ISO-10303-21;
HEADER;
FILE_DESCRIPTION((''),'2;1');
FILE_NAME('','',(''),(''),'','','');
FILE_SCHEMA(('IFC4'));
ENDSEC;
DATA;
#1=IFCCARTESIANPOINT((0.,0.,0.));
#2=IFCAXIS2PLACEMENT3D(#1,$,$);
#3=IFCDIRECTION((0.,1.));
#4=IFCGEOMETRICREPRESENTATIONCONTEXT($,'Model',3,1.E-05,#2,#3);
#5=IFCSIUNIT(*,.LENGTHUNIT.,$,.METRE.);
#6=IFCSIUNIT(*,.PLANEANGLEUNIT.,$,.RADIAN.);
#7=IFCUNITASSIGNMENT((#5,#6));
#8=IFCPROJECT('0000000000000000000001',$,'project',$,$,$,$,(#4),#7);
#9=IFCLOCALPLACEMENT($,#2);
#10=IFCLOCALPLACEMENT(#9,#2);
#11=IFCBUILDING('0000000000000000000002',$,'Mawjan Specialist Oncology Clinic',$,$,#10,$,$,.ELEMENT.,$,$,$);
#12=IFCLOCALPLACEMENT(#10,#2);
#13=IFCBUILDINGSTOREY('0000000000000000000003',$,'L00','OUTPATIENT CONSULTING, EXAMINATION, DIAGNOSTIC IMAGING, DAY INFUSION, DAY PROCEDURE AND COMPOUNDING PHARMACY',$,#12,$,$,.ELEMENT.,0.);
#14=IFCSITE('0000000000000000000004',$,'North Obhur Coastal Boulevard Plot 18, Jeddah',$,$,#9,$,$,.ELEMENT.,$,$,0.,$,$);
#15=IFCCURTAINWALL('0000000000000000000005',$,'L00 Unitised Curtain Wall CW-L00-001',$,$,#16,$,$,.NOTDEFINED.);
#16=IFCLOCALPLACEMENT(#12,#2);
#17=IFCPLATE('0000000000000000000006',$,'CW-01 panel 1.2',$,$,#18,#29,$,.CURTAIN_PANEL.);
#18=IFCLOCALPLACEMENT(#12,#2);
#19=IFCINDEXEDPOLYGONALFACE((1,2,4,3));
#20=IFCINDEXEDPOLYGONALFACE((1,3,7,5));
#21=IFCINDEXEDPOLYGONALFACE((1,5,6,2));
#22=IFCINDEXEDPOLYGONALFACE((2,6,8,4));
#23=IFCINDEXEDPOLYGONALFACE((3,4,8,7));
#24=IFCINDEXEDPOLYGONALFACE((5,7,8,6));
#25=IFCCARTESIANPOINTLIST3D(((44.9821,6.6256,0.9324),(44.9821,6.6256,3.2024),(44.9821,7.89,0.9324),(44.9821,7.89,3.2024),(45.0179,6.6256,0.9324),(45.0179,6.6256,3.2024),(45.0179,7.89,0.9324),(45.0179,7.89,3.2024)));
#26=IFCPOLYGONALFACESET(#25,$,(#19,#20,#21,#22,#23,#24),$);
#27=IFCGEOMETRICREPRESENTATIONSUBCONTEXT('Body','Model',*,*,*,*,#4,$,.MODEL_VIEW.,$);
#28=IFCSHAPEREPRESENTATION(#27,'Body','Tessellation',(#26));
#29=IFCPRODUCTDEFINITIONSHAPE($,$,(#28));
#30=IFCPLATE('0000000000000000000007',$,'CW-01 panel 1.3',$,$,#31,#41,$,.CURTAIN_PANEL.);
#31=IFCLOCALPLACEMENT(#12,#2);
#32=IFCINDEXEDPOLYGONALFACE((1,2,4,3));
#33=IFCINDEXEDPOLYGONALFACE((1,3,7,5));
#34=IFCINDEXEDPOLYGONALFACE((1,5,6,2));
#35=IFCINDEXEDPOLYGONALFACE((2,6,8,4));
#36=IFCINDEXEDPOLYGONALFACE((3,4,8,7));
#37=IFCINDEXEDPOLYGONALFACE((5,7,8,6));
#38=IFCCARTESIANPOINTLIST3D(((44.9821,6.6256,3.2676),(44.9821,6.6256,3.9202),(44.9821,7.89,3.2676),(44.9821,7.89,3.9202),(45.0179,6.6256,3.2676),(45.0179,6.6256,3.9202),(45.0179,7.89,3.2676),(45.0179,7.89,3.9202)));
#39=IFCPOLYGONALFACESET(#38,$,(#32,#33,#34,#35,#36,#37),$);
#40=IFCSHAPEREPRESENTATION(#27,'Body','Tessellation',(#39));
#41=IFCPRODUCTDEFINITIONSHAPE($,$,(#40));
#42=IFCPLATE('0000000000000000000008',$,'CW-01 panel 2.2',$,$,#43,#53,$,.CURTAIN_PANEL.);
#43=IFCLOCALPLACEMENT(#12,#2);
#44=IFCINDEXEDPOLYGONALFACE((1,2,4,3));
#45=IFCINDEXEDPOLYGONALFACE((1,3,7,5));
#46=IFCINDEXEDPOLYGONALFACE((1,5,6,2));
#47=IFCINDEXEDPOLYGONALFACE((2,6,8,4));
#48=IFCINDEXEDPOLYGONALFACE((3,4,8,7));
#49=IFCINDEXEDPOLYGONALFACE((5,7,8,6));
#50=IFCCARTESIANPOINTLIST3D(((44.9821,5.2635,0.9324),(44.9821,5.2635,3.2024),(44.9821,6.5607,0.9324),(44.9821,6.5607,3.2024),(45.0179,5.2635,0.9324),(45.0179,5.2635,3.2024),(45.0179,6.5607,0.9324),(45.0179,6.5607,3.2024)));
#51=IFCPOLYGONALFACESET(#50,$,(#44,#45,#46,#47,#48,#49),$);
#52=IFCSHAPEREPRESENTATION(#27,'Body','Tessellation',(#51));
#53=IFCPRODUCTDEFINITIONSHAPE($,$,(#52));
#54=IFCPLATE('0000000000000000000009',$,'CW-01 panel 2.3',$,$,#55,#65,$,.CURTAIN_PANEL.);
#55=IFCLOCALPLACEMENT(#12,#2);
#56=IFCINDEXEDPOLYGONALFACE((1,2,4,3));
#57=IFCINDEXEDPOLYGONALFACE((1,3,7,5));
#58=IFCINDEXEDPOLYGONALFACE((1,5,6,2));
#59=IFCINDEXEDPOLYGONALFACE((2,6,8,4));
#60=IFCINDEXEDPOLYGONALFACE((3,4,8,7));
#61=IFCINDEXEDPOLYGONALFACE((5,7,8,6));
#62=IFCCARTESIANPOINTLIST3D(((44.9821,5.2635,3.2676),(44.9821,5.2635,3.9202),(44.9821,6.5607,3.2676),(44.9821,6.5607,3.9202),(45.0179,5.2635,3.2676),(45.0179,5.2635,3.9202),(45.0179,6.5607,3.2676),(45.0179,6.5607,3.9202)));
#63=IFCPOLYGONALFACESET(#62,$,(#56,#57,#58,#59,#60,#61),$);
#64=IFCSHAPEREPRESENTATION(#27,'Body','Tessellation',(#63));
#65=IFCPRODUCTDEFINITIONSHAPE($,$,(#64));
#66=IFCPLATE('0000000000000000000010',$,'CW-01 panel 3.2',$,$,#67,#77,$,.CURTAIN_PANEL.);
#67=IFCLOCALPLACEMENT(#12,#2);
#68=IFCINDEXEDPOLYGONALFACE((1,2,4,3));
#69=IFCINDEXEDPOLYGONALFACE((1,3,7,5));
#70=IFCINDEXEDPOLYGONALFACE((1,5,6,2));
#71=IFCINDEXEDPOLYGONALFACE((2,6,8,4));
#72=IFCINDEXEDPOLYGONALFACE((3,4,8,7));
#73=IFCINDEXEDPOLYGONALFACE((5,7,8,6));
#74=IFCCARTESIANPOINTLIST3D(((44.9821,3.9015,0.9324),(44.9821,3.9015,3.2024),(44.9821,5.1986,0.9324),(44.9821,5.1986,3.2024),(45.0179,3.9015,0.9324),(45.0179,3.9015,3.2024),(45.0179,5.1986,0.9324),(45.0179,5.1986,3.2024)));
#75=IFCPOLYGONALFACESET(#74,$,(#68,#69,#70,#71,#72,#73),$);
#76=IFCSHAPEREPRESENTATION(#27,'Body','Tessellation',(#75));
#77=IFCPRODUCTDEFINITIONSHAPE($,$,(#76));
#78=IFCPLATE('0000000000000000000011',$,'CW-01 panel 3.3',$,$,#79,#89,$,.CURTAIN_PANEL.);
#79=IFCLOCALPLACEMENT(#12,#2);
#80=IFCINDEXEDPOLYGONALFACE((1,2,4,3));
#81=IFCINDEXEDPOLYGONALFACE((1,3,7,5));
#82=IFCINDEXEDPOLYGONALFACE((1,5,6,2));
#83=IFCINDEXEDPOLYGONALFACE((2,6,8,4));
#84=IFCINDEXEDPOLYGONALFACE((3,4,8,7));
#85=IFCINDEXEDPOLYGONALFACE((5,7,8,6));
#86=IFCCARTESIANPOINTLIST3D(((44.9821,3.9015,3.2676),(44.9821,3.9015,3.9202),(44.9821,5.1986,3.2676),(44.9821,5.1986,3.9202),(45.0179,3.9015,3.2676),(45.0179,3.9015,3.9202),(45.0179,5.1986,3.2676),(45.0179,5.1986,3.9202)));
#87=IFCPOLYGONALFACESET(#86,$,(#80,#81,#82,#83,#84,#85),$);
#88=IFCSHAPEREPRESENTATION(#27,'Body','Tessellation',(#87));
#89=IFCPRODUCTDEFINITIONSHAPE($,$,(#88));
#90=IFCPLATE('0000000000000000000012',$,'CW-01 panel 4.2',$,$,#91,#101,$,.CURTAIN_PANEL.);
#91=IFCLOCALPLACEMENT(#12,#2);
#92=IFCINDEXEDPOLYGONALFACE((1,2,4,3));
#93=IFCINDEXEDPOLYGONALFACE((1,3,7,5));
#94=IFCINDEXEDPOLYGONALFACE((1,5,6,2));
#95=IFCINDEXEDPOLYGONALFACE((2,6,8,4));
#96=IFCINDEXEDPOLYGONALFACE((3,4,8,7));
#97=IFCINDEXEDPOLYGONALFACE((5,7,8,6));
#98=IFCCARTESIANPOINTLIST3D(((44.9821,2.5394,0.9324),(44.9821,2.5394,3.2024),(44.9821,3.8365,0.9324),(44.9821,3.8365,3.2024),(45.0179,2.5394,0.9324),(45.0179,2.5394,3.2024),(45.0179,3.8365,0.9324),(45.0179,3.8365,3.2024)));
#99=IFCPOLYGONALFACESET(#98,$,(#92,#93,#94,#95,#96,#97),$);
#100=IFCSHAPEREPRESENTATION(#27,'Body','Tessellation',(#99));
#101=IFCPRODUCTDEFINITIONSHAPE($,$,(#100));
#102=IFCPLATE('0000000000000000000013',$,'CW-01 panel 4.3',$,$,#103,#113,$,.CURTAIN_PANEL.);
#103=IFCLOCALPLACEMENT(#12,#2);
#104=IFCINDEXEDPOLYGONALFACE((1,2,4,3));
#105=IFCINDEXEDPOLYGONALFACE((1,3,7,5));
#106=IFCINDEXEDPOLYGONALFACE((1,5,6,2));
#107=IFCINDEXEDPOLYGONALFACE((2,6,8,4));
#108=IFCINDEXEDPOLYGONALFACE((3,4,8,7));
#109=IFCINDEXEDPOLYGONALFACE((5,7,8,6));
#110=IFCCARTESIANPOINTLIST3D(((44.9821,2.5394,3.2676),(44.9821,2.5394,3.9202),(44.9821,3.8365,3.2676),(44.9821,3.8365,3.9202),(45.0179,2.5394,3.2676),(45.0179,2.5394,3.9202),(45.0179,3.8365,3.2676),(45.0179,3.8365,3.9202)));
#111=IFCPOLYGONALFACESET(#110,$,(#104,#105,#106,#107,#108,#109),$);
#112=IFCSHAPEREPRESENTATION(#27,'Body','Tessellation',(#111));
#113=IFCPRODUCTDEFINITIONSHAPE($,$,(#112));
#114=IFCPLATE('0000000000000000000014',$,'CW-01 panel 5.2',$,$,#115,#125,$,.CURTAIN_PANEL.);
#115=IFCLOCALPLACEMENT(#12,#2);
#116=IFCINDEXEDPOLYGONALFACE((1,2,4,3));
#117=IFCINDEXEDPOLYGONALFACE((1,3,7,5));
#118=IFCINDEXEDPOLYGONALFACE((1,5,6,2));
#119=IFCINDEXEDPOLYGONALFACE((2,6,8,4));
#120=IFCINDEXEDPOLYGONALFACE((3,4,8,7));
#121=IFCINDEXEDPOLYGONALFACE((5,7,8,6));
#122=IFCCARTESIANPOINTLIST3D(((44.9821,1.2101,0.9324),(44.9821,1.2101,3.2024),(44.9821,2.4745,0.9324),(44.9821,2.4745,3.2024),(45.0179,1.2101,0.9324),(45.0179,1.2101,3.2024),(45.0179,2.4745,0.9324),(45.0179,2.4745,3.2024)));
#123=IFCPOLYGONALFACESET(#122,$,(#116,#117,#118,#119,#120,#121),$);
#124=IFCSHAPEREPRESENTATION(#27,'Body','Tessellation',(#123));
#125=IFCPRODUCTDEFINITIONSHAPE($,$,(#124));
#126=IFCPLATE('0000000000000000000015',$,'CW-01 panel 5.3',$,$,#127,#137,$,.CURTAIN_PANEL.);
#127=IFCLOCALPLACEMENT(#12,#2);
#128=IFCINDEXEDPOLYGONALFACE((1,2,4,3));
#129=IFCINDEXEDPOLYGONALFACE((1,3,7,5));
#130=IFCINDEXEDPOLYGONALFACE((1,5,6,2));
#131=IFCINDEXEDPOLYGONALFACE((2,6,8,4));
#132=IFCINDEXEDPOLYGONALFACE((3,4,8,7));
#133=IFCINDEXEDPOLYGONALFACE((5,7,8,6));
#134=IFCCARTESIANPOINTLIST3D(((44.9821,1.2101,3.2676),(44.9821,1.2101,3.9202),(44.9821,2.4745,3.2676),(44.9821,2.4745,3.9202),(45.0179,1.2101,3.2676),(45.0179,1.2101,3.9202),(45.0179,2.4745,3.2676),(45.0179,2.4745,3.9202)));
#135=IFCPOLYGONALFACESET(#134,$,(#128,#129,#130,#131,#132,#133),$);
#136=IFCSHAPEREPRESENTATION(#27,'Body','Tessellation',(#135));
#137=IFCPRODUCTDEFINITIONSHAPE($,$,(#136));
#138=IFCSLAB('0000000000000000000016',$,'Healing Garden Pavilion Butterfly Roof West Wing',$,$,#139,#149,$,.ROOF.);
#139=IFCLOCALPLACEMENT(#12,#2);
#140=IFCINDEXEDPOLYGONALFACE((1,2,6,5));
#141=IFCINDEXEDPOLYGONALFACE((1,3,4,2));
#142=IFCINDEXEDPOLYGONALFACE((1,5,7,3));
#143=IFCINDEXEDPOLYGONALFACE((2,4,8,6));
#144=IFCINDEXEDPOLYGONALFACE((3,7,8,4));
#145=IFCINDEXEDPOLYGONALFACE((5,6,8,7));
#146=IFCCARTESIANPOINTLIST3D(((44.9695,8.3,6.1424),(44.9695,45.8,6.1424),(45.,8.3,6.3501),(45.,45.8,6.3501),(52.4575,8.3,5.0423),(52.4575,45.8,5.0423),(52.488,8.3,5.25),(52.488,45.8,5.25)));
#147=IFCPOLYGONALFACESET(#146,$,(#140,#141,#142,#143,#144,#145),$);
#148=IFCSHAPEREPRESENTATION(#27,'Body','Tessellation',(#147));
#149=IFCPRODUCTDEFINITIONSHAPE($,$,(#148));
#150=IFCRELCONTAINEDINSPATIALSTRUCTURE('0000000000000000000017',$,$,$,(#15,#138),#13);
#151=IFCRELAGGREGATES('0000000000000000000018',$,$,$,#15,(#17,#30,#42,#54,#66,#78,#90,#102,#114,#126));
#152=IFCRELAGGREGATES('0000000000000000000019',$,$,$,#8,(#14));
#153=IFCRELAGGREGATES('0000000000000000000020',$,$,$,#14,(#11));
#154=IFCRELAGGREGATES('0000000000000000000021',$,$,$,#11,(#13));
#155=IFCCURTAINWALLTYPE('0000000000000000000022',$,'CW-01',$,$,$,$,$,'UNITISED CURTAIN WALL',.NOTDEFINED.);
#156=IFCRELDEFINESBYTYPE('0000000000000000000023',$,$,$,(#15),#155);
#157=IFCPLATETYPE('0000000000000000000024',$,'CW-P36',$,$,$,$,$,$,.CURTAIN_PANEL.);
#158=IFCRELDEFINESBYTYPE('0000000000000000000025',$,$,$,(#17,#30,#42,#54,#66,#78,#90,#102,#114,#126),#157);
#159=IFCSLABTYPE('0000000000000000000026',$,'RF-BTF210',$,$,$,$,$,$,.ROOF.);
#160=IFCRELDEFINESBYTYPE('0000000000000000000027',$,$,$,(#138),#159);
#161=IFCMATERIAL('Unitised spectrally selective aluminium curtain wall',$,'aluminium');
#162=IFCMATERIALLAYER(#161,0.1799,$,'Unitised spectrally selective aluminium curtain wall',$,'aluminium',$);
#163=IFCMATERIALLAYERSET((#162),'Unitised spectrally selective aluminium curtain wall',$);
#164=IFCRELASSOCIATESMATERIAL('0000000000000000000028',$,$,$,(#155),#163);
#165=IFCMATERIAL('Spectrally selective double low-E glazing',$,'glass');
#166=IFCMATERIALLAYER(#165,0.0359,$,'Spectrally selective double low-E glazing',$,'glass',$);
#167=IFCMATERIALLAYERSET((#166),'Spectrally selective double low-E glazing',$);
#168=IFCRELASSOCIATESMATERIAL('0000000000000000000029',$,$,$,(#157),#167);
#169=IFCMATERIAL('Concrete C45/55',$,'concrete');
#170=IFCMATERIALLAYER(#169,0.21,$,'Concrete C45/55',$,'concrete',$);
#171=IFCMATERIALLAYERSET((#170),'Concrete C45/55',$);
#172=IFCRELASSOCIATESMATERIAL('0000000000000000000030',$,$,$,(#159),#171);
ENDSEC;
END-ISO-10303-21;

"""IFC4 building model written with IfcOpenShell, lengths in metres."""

from ifc_helpers import new_model, si_unit, direction, frame, origin, origin_2d, place, context, subcontext, project, spatial, polyline, rectangle, outline, extrude, material, layer, layer_set, type_object, element, aggregate, save


model = new_model("IFC4")

# Units and contexts
model_context = context("Model", 3, precision=1e-05, world=origin(), true_north=direction((0.0, 1.0)))
body_context = subcontext(model_context, "Body", "Model", "MODEL_VIEW")
ifc_project = project(units=[si_unit("LENGTHUNIT", "METRE"), si_unit("PLANEANGLEUNIT", "RADIAN")], contexts=[model_context])

# Site, building, storey
site_placement = place(None, origin())
site = spatial("IfcSite", under=ifc_project, at=site_placement, Name="North Obhur Coastal Boulevard Plot 18, Jeddah", CompositionType="ELEMENT", RefElevation=0.0)
building_placement = place(site_placement, origin())
building = spatial("IfcBuilding", under=site, at=building_placement, Name="Mawjan Specialist Oncology Clinic", CompositionType="ELEMENT")
storey_placement = place(building_placement, origin())
storey = spatial("IfcBuildingStorey", under=building, at=storey_placement, Name="L00", Description="OUTPATIENT CONSULTING, EXAMINATION, DIAGNOSTIC IMAGING, DAY INFUSION, DAY PROCEDURE AND COMPOUNDING PHARMACY", CompositionType="ELEMENT", Elevation=0.0)

# Curtain wall, plates
ifc_material_1 = material(Name="Unitised spectrally selective aluminium curtain wall", Category="aluminium")
ifc_layer_1 = layer(ifc_material_1, 0.1799, Name="Unitised spectrally selective aluminium curtain wall", Category="aluminium")
ifc_layer_set_1 = layer_set([ifc_layer_1], Name="Unitised spectrally selective aluminium curtain wall")
curtain_wall_type = type_object("IfcCurtainWallType", Name="CW-01", ElementType="UNITISED CURTAIN WALL", PredefinedType="NOTDEFINED", material=ifc_layer_set_1)
curtain_wall_placement = place(storey_placement, origin())
curtain_wall = element("IfcCurtainWall", 1, at=curtain_wall_placement, inside=storey, type_object=curtain_wall_type, Name="L00 Unitised Curtain Wall CW-L00-001", PredefinedType="NOTDEFINED")
ifc_material_2 = material(Name="Spectrally selective double low-E glazing", Category="glass")
ifc_layer_2 = layer(ifc_material_2, 0.0359, Name="Spectrally selective double low-E glazing", Category="glass")
ifc_layer_set_2 = layer_set([ifc_layer_2], Name="Spectrally selective double low-E glazing")
plate_type = type_object("IfcPlateType", Name="CW-P36", PredefinedType="CURTAIN_PANEL", material=ifc_layer_set_2)
plate_1_placement = place(storey_placement, frame((45.0, 7.2578, 0.9324), z_axis=(0.0, 0.0, 1.0), x_axis=(0.0, -1.0, 0.0)))
plate_1 = element("IfcPlate", 2, at=plate_1_placement, type_object=plate_type, Name="CW-01 panel 1.2", PredefinedType="CURTAIN_PANEL", context=body_context, shape_type="SweptSolid", body=[
    extrude(rectangle(XDim=1.2644, YDim=0.0359, at=origin_2d()), origin(), (0.0, 0.0, 1.0), 2.27),
])
plate_2_placement = place(storey_placement, frame((45.0, 7.2578, 3.2676), z_axis=(0.0, 0.0, 1.0), x_axis=(0.0, -1.0, 0.0)))
plate_2 = element("IfcPlate", 3, at=plate_2_placement, type_object=plate_type, Name="CW-01 panel 1.3", PredefinedType="CURTAIN_PANEL", context=body_context, shape_type="SweptSolid", body=[
    extrude(rectangle(XDim=1.2644, YDim=0.0359, at=origin_2d()), origin(), (0.0, 0.0, 1.0), 0.6526),
])
plate_3_placement = place(storey_placement, frame((45.0, 5.9121, 0.9324), z_axis=(0.0, 0.0, 1.0), x_axis=(0.0, -1.0, 0.0)))
plate_3 = element("IfcPlate", 4, at=plate_3_placement, type_object=plate_type, Name="CW-01 panel 2.2", PredefinedType="CURTAIN_PANEL", context=body_context, shape_type="SweptSolid", body=[
    extrude(rectangle(XDim=1.2971, YDim=0.0359, at=origin_2d()), origin(), (0.0, 0.0, 1.0), 2.27),
])
plate_4_placement = place(storey_placement, frame((45.0, 5.9121, 3.2676), z_axis=(0.0, 0.0, 1.0), x_axis=(0.0, -1.0, 0.0)))
plate_4 = element("IfcPlate", 5, at=plate_4_placement, type_object=plate_type, Name="CW-01 panel 2.3", PredefinedType="CURTAIN_PANEL", context=body_context, shape_type="SweptSolid", body=[
    extrude(rectangle(XDim=1.2971, YDim=0.0359, at=origin_2d()), origin(), (0.0, 0.0, 1.0), 0.6526),
])
plate_5_placement = place(storey_placement, frame((45.0, 4.55, 0.9324), z_axis=(0.0, 0.0, 1.0), x_axis=(0.0, -1.0, 0.0)))
plate_5 = element("IfcPlate", 6, at=plate_5_placement, type_object=plate_type, Name="CW-01 panel 3.2", PredefinedType="CURTAIN_PANEL", context=body_context, shape_type="SweptSolid", body=[
    extrude(rectangle(XDim=1.2971, YDim=0.0359, at=origin_2d()), origin(), (0.0, 0.0, 1.0), 2.27),
])
plate_6_placement = place(storey_placement, frame((45.0, 4.55, 3.2676), z_axis=(0.0, 0.0, 1.0), x_axis=(0.0, -1.0, 0.0)))
plate_6 = element("IfcPlate", 7, at=plate_6_placement, type_object=plate_type, Name="CW-01 panel 3.3", PredefinedType="CURTAIN_PANEL", context=body_context, shape_type="SweptSolid", body=[
    extrude(rectangle(XDim=1.2971, YDim=0.0359, at=origin_2d()), origin(), (0.0, 0.0, 1.0), 0.6526),
])
plate_7_placement = place(storey_placement, frame((45.0, 3.188, 0.9324), z_axis=(0.0, 0.0, 1.0), x_axis=(0.0, -1.0, 0.0)))
plate_7 = element("IfcPlate", 8, at=plate_7_placement, type_object=plate_type, Name="CW-01 panel 4.2", PredefinedType="CURTAIN_PANEL", context=body_context, shape_type="SweptSolid", body=[
    extrude(rectangle(XDim=1.2971, YDim=0.0359, at=origin_2d()), origin(), (0.0, 0.0, 1.0), 2.27),
])
plate_8_placement = place(storey_placement, frame((45.0, 3.188, 3.2676), z_axis=(0.0, 0.0, 1.0), x_axis=(0.0, -1.0, 0.0)))
plate_8 = element("IfcPlate", 9, at=plate_8_placement, type_object=plate_type, Name="CW-01 panel 4.3", PredefinedType="CURTAIN_PANEL", context=body_context, shape_type="SweptSolid", body=[
    extrude(rectangle(XDim=1.2971, YDim=0.0359, at=origin_2d()), origin(), (0.0, 0.0, 1.0), 0.6526),
])
plate_9_placement = place(storey_placement, frame((45.0, 1.8423, 0.9324), z_axis=(0.0, 0.0, 1.0), x_axis=(0.0, -1.0, 0.0)))
plate_9 = element("IfcPlate", 10, at=plate_9_placement, type_object=plate_type, Name="CW-01 panel 5.2", PredefinedType="CURTAIN_PANEL", context=body_context, shape_type="SweptSolid", body=[
    extrude(rectangle(XDim=1.2644, YDim=0.0359, at=origin_2d()), origin(), (0.0, 0.0, 1.0), 2.27),
])
plate_10_placement = place(storey_placement, frame((45.0, 1.8423, 3.2676), z_axis=(0.0, 0.0, 1.0), x_axis=(0.0, -1.0, 0.0)))
plate_10 = element("IfcPlate", 11, at=plate_10_placement, type_object=plate_type, Name="CW-01 panel 5.3", PredefinedType="CURTAIN_PANEL", context=body_context, shape_type="SweptSolid", body=[
    extrude(rectangle(XDim=1.2644, YDim=0.0359, at=origin_2d()), origin(), (0.0, 0.0, 1.0), 0.6526),
])
aggregate(curtain_wall, [plate_1, plate_2, plate_3, plate_4, plate_5, plate_6, plate_7, plate_8, plate_9, plate_10])

# Slab
ifc_material_3 = material(Name="Concrete C45/55", Category="concrete")
ifc_layer_3 = layer(ifc_material_3, 0.21, Name="Concrete C45/55", Category="concrete")
ifc_layer_set_3 = layer_set([ifc_layer_3], Name="Concrete C45/55")
slab_type = type_object("IfcSlabType", Name="RF-BTF210", PredefinedType="ROOF", material=ifc_layer_set_3)
slab_placement = place(storey_placement, frame((45.0, 8.3, 6.3501), z_axis=(0.145354, 0.0, 0.98938), x_axis=(0.98938, 0.0, -0.145354)))
element("IfcSlab", 12, at=slab_placement, inside=storey, type_object=slab_type, Name="Healing Garden Pavilion Butterfly Roof West Wing", PredefinedType="ROOF", context=body_context, shape_type="SweptSolid", body=[
    extrude(outline(polyline([(0.0, 0.0), (7.5684, 0.0), (7.5684, 37.5), (0.0, 37.5), (0.0, 0.0)])), origin(), (0.0, 0.0, -1.0), 0.21),
])

save(model, "model.ifc")
